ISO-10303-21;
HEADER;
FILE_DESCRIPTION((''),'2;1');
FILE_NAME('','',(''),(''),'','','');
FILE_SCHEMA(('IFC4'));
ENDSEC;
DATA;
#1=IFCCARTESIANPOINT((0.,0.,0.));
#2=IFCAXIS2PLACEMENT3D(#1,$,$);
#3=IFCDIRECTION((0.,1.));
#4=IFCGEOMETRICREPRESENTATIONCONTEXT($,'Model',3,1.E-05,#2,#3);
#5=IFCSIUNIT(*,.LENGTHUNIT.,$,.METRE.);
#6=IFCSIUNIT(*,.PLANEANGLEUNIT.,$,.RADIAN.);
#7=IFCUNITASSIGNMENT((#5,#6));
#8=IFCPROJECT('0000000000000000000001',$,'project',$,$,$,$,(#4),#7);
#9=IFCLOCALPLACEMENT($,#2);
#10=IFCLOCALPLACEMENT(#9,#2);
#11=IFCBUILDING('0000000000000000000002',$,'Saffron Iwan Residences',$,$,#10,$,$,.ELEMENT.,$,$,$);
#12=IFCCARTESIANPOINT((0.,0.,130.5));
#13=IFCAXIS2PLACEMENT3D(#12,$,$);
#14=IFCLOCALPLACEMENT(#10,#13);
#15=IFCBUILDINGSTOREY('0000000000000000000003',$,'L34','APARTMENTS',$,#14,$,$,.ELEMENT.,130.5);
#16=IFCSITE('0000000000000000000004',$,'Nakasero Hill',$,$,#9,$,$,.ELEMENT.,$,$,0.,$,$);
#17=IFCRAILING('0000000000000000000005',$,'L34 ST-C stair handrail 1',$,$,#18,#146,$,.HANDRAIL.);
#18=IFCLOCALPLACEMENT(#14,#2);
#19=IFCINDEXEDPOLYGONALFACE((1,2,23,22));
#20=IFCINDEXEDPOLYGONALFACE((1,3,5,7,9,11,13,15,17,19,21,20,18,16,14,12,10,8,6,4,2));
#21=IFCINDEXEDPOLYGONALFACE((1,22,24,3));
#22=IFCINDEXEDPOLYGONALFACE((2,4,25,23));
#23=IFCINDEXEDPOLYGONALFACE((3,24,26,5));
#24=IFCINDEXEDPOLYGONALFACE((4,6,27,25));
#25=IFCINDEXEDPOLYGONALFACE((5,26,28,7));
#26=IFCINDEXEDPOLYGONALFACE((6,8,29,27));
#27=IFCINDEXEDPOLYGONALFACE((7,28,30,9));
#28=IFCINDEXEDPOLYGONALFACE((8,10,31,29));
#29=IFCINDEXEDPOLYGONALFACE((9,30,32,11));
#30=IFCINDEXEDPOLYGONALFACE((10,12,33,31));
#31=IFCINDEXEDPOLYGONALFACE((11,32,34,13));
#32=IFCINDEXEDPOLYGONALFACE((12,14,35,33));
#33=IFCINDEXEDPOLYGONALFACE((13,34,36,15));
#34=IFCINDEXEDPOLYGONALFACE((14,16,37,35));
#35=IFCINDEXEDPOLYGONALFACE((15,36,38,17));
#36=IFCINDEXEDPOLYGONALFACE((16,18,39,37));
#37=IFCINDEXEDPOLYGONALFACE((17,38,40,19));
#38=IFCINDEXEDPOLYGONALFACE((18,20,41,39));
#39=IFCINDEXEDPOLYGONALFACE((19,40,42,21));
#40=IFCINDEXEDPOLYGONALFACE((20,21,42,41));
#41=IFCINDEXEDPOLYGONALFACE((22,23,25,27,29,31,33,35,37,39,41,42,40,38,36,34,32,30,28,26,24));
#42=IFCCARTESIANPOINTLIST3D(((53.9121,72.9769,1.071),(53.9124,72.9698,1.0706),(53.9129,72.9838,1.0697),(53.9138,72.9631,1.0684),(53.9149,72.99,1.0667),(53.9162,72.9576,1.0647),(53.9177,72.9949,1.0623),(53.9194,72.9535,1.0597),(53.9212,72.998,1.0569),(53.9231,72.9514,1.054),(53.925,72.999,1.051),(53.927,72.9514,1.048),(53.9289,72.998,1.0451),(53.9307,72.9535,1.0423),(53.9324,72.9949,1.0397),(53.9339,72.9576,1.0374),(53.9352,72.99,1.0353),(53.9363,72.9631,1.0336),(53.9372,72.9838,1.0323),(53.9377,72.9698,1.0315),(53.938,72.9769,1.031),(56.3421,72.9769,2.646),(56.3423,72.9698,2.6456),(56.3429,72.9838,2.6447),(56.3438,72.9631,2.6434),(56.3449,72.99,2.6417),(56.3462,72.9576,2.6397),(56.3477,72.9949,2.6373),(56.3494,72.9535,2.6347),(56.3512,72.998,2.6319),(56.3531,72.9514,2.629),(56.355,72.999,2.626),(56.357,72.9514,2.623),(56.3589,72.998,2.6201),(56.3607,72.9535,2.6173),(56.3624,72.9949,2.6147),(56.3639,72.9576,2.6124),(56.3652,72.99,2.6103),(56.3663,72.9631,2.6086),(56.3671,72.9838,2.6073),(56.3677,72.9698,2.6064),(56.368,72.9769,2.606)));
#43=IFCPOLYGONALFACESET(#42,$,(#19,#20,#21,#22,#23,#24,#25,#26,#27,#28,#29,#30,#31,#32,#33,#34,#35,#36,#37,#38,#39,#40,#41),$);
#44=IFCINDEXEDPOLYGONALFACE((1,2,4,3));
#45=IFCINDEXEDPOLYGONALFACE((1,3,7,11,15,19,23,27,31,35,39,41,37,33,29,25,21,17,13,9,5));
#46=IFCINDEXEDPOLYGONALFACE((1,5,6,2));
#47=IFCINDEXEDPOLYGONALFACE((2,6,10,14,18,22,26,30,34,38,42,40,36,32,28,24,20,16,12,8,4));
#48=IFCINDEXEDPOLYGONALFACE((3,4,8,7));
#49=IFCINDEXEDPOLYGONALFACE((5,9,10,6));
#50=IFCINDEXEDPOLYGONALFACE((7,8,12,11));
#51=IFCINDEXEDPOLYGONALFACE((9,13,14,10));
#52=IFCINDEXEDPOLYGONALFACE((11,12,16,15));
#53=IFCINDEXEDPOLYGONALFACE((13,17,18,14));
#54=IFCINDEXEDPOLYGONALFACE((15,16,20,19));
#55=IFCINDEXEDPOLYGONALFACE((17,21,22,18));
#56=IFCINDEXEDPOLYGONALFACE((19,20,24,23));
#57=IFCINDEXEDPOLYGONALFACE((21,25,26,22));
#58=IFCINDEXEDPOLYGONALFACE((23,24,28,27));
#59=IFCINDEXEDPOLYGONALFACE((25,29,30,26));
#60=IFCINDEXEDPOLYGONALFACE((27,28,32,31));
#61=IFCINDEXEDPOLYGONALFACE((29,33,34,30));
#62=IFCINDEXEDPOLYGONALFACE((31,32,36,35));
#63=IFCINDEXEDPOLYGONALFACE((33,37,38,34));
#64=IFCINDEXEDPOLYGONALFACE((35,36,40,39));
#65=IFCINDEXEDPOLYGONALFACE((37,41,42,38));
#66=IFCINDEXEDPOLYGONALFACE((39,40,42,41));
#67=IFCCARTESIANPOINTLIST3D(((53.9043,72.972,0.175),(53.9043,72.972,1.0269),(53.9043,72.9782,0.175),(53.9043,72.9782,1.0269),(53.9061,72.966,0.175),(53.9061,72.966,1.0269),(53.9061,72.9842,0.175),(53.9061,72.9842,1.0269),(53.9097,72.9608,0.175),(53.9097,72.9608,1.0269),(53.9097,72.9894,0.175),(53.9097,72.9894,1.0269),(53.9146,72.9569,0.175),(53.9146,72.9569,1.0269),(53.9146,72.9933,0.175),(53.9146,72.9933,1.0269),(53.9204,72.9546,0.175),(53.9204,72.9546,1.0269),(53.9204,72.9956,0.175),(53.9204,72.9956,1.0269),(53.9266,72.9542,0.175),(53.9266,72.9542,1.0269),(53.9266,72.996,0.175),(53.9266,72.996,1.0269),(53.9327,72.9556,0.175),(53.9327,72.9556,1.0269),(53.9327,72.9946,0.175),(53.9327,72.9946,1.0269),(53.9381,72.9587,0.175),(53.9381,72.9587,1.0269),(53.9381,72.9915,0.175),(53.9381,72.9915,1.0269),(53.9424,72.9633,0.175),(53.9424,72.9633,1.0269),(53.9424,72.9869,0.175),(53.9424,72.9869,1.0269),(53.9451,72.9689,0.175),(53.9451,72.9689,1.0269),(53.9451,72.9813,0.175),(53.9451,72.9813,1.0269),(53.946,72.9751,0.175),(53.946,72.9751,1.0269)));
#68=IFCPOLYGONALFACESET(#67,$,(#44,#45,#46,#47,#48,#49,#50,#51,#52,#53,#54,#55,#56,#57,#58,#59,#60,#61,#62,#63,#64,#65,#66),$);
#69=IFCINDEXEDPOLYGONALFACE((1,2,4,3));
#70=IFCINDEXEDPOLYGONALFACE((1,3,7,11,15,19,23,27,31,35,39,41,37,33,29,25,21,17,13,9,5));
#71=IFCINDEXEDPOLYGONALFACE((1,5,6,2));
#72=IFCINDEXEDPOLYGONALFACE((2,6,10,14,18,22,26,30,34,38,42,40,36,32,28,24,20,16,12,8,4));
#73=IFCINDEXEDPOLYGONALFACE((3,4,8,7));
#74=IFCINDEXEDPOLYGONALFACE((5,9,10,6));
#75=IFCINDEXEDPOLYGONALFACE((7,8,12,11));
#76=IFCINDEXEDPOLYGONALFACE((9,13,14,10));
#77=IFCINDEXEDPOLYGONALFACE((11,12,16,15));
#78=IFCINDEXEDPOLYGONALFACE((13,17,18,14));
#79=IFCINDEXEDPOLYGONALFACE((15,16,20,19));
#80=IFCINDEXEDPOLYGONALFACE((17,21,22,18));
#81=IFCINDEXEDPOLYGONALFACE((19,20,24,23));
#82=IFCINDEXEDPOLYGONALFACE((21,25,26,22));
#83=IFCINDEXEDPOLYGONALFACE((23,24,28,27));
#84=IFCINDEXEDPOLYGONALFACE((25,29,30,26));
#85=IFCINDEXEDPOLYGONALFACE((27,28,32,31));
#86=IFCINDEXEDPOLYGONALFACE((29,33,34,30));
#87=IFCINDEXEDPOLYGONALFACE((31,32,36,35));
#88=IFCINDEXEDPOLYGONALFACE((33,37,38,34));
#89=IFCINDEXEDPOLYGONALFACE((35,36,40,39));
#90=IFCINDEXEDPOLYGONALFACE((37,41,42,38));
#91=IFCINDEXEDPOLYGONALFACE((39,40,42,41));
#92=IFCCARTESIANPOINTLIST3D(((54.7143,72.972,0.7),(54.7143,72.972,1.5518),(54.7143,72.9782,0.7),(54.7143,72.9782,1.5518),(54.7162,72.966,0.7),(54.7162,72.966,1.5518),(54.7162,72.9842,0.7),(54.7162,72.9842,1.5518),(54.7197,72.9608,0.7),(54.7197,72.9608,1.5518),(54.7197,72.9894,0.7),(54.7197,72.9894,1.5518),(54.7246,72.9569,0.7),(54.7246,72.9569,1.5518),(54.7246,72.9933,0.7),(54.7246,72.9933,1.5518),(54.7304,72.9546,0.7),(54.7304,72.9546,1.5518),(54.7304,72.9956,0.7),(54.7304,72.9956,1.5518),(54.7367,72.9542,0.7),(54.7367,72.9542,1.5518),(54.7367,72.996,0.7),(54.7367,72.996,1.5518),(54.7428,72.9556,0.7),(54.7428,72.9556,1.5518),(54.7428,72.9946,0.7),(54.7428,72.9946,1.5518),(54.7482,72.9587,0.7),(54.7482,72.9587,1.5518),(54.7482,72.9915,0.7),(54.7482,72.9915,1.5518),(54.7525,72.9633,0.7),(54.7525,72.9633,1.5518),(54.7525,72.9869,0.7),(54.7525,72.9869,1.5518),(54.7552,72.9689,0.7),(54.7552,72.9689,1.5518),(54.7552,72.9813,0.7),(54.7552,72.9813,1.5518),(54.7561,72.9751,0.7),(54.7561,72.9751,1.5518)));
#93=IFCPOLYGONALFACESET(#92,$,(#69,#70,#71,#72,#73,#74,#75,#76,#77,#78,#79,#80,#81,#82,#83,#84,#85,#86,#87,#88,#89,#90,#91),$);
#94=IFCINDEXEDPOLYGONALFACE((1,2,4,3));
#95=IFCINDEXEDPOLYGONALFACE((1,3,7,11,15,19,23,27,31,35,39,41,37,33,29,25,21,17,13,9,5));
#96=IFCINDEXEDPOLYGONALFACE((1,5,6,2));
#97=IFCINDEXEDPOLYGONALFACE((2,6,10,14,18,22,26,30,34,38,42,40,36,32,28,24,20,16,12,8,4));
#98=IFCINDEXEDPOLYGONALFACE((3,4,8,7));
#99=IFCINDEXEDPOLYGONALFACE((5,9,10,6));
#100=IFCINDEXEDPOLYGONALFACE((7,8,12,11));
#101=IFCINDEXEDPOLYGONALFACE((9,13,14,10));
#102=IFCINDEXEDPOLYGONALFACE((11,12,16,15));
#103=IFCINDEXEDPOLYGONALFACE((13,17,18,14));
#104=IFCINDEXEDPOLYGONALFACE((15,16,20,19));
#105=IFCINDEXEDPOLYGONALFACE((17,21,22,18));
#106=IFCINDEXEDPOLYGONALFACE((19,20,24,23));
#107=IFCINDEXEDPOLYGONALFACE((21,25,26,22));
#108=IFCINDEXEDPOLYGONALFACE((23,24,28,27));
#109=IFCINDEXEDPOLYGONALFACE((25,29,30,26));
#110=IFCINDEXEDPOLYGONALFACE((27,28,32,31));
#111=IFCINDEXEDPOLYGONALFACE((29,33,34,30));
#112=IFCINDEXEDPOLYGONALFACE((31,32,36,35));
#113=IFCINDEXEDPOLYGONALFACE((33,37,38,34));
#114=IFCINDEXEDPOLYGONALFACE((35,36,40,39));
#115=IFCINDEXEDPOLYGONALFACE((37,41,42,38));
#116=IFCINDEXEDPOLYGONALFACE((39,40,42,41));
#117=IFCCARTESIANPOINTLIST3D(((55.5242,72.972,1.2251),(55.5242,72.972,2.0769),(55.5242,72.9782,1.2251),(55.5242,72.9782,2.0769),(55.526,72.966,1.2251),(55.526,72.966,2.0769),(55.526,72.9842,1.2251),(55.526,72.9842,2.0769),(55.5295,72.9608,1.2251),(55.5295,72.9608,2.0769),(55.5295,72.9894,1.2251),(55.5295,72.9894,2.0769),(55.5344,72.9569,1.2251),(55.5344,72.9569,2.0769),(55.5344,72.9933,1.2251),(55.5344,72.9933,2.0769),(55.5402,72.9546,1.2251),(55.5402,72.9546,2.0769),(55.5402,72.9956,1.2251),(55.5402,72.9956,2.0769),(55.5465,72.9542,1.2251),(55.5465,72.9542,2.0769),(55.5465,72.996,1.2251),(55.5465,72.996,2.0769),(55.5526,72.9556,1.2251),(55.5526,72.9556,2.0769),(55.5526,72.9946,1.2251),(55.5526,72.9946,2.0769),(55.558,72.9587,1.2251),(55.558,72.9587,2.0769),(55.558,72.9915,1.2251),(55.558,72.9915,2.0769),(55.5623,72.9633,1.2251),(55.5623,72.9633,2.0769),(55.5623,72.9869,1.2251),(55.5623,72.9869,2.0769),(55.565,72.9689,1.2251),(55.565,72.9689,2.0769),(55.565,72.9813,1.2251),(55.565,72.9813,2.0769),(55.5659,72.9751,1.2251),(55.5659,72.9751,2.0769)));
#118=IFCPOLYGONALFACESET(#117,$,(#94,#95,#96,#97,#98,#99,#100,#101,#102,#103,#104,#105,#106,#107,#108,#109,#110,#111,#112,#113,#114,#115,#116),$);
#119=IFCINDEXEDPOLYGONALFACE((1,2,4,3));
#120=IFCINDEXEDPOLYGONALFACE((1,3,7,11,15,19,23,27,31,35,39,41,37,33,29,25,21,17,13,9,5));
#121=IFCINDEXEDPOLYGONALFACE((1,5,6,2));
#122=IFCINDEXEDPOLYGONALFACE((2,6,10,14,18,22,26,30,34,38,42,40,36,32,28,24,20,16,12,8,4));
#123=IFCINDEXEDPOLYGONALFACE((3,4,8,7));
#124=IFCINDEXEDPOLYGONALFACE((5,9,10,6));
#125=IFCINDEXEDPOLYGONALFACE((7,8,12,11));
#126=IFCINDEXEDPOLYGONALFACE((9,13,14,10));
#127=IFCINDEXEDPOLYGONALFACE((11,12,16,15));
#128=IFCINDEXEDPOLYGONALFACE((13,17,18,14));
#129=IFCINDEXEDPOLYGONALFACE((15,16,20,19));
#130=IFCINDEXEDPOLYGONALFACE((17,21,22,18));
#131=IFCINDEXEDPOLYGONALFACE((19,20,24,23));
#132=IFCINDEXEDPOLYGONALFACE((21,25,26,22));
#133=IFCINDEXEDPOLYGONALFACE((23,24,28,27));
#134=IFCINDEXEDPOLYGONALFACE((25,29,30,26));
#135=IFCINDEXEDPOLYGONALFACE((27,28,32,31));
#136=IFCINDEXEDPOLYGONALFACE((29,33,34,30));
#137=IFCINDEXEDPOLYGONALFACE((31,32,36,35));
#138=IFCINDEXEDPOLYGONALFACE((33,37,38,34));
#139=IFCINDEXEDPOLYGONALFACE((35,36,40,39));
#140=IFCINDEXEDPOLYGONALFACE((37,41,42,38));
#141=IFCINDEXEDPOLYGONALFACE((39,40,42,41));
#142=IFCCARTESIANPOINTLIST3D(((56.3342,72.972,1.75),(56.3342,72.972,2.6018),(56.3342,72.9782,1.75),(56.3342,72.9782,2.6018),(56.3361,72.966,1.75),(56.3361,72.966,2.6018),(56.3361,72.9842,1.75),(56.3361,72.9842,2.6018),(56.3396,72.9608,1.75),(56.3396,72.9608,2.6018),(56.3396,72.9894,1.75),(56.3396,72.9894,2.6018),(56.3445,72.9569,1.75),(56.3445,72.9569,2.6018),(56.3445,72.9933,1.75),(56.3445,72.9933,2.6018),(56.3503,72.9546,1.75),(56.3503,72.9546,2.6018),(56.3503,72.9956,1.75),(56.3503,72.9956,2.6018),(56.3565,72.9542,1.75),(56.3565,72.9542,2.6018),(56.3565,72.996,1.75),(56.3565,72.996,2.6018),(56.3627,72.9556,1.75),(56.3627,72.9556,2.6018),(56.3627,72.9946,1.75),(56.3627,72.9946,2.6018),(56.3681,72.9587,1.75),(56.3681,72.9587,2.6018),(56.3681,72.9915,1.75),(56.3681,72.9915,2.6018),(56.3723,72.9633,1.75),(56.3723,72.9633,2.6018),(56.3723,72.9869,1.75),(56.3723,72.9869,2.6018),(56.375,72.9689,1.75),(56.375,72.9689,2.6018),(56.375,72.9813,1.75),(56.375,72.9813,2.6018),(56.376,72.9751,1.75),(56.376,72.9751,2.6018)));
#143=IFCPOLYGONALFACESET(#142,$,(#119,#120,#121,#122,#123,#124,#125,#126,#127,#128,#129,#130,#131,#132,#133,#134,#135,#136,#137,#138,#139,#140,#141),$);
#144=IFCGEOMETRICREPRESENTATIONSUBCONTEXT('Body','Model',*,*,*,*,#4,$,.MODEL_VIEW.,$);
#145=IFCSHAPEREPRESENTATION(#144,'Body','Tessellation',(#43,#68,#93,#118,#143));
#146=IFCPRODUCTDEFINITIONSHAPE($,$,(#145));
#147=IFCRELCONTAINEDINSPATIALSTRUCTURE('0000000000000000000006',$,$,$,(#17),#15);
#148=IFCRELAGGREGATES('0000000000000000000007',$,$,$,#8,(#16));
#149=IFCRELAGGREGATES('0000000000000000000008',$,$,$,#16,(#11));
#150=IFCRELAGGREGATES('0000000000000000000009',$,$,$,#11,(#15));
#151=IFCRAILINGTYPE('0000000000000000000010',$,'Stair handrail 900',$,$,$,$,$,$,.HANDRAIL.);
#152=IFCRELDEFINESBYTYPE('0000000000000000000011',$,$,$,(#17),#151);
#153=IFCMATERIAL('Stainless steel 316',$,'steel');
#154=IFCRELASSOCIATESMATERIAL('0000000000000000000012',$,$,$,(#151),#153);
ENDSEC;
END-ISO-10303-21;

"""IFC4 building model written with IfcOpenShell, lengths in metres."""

from ifc_helpers import new_model, si_unit, direction, frame, origin, origin_2d, place, context, subcontext, project, spatial, circle, extrude, material, type_object, element, save


model = new_model("IFC4")

# Units and contexts
model_context = context("Model", 3, precision=1e-05, world=origin(), true_north=direction((0.0, 1.0)))
body_context = subcontext(model_context, "Body", "Model", "MODEL_VIEW")
ifc_project = project(units=[si_unit("LENGTHUNIT", "METRE"), si_unit("PLANEANGLEUNIT", "RADIAN")], contexts=[model_context])

# Site, building, storey
site_placement = place(None, origin())
site = spatial("IfcSite", under=ifc_project, at=site_placement, Name="Nakasero Hill", CompositionType="ELEMENT", RefElevation=0.0)
building_placement = place(site_placement, origin())
building = spatial("IfcBuilding", under=site, at=building_placement, Name="Saffron Iwan Residences", CompositionType="ELEMENT")
storey_placement = place(building_placement, frame((0.0, 0.0, 130.5)))
storey = spatial("IfcBuildingStorey", under=building, at=storey_placement, Name="L34", Description="APARTMENTS", CompositionType="ELEMENT", Elevation=130.5)

# Railing
ifc_material_1 = material(Name="Stainless steel 316", Category="steel")
railing_type_1 = type_object("IfcRailingType", Name="Stair handrail 900", PredefinedType="HANDRAIL", material=ifc_material_1)
railing_1_placement = place(storey_placement, frame((53.925, 72.9751, 0.175)))
element("IfcRailing", 1, at=railing_1_placement, inside=storey, type_object=railing_type_1, Name="L34 ST-C stair handrail 1", PredefinedType="HANDRAIL", context=body_context, shape_type="SweptSolid", body=[
    extrude(circle(Radius=0.0239, at=origin_2d()), frame((0.0, 0.0, 0.876), z_axis=(0.839154, 0.0, 0.543894), x_axis=(0.0, 1.0, 0.0)), (0.0, 0.0, 1.0), 2.8958),
    extrude(circle(Radius=0.021, at=origin_2d()), origin(), (0.0, 0.0, 1.0), 0.8518),
    extrude(circle(Radius=0.021, at=origin_2d()), frame((0.8101, 0.0, 0.5249)), (0.0, 0.0, 1.0), 0.8518),
    extrude(circle(Radius=0.021, at=origin_2d()), frame((1.6199, 0.0, 1.05)), (0.0, 0.0, 1.0), 0.8518),
    extrude(circle(Radius=0.021, at=origin_2d()), frame((2.4299, 0.0, 1.575)), (0.0, 0.0, 1.0), 0.8518),
])

save(model, "model.ifc")
